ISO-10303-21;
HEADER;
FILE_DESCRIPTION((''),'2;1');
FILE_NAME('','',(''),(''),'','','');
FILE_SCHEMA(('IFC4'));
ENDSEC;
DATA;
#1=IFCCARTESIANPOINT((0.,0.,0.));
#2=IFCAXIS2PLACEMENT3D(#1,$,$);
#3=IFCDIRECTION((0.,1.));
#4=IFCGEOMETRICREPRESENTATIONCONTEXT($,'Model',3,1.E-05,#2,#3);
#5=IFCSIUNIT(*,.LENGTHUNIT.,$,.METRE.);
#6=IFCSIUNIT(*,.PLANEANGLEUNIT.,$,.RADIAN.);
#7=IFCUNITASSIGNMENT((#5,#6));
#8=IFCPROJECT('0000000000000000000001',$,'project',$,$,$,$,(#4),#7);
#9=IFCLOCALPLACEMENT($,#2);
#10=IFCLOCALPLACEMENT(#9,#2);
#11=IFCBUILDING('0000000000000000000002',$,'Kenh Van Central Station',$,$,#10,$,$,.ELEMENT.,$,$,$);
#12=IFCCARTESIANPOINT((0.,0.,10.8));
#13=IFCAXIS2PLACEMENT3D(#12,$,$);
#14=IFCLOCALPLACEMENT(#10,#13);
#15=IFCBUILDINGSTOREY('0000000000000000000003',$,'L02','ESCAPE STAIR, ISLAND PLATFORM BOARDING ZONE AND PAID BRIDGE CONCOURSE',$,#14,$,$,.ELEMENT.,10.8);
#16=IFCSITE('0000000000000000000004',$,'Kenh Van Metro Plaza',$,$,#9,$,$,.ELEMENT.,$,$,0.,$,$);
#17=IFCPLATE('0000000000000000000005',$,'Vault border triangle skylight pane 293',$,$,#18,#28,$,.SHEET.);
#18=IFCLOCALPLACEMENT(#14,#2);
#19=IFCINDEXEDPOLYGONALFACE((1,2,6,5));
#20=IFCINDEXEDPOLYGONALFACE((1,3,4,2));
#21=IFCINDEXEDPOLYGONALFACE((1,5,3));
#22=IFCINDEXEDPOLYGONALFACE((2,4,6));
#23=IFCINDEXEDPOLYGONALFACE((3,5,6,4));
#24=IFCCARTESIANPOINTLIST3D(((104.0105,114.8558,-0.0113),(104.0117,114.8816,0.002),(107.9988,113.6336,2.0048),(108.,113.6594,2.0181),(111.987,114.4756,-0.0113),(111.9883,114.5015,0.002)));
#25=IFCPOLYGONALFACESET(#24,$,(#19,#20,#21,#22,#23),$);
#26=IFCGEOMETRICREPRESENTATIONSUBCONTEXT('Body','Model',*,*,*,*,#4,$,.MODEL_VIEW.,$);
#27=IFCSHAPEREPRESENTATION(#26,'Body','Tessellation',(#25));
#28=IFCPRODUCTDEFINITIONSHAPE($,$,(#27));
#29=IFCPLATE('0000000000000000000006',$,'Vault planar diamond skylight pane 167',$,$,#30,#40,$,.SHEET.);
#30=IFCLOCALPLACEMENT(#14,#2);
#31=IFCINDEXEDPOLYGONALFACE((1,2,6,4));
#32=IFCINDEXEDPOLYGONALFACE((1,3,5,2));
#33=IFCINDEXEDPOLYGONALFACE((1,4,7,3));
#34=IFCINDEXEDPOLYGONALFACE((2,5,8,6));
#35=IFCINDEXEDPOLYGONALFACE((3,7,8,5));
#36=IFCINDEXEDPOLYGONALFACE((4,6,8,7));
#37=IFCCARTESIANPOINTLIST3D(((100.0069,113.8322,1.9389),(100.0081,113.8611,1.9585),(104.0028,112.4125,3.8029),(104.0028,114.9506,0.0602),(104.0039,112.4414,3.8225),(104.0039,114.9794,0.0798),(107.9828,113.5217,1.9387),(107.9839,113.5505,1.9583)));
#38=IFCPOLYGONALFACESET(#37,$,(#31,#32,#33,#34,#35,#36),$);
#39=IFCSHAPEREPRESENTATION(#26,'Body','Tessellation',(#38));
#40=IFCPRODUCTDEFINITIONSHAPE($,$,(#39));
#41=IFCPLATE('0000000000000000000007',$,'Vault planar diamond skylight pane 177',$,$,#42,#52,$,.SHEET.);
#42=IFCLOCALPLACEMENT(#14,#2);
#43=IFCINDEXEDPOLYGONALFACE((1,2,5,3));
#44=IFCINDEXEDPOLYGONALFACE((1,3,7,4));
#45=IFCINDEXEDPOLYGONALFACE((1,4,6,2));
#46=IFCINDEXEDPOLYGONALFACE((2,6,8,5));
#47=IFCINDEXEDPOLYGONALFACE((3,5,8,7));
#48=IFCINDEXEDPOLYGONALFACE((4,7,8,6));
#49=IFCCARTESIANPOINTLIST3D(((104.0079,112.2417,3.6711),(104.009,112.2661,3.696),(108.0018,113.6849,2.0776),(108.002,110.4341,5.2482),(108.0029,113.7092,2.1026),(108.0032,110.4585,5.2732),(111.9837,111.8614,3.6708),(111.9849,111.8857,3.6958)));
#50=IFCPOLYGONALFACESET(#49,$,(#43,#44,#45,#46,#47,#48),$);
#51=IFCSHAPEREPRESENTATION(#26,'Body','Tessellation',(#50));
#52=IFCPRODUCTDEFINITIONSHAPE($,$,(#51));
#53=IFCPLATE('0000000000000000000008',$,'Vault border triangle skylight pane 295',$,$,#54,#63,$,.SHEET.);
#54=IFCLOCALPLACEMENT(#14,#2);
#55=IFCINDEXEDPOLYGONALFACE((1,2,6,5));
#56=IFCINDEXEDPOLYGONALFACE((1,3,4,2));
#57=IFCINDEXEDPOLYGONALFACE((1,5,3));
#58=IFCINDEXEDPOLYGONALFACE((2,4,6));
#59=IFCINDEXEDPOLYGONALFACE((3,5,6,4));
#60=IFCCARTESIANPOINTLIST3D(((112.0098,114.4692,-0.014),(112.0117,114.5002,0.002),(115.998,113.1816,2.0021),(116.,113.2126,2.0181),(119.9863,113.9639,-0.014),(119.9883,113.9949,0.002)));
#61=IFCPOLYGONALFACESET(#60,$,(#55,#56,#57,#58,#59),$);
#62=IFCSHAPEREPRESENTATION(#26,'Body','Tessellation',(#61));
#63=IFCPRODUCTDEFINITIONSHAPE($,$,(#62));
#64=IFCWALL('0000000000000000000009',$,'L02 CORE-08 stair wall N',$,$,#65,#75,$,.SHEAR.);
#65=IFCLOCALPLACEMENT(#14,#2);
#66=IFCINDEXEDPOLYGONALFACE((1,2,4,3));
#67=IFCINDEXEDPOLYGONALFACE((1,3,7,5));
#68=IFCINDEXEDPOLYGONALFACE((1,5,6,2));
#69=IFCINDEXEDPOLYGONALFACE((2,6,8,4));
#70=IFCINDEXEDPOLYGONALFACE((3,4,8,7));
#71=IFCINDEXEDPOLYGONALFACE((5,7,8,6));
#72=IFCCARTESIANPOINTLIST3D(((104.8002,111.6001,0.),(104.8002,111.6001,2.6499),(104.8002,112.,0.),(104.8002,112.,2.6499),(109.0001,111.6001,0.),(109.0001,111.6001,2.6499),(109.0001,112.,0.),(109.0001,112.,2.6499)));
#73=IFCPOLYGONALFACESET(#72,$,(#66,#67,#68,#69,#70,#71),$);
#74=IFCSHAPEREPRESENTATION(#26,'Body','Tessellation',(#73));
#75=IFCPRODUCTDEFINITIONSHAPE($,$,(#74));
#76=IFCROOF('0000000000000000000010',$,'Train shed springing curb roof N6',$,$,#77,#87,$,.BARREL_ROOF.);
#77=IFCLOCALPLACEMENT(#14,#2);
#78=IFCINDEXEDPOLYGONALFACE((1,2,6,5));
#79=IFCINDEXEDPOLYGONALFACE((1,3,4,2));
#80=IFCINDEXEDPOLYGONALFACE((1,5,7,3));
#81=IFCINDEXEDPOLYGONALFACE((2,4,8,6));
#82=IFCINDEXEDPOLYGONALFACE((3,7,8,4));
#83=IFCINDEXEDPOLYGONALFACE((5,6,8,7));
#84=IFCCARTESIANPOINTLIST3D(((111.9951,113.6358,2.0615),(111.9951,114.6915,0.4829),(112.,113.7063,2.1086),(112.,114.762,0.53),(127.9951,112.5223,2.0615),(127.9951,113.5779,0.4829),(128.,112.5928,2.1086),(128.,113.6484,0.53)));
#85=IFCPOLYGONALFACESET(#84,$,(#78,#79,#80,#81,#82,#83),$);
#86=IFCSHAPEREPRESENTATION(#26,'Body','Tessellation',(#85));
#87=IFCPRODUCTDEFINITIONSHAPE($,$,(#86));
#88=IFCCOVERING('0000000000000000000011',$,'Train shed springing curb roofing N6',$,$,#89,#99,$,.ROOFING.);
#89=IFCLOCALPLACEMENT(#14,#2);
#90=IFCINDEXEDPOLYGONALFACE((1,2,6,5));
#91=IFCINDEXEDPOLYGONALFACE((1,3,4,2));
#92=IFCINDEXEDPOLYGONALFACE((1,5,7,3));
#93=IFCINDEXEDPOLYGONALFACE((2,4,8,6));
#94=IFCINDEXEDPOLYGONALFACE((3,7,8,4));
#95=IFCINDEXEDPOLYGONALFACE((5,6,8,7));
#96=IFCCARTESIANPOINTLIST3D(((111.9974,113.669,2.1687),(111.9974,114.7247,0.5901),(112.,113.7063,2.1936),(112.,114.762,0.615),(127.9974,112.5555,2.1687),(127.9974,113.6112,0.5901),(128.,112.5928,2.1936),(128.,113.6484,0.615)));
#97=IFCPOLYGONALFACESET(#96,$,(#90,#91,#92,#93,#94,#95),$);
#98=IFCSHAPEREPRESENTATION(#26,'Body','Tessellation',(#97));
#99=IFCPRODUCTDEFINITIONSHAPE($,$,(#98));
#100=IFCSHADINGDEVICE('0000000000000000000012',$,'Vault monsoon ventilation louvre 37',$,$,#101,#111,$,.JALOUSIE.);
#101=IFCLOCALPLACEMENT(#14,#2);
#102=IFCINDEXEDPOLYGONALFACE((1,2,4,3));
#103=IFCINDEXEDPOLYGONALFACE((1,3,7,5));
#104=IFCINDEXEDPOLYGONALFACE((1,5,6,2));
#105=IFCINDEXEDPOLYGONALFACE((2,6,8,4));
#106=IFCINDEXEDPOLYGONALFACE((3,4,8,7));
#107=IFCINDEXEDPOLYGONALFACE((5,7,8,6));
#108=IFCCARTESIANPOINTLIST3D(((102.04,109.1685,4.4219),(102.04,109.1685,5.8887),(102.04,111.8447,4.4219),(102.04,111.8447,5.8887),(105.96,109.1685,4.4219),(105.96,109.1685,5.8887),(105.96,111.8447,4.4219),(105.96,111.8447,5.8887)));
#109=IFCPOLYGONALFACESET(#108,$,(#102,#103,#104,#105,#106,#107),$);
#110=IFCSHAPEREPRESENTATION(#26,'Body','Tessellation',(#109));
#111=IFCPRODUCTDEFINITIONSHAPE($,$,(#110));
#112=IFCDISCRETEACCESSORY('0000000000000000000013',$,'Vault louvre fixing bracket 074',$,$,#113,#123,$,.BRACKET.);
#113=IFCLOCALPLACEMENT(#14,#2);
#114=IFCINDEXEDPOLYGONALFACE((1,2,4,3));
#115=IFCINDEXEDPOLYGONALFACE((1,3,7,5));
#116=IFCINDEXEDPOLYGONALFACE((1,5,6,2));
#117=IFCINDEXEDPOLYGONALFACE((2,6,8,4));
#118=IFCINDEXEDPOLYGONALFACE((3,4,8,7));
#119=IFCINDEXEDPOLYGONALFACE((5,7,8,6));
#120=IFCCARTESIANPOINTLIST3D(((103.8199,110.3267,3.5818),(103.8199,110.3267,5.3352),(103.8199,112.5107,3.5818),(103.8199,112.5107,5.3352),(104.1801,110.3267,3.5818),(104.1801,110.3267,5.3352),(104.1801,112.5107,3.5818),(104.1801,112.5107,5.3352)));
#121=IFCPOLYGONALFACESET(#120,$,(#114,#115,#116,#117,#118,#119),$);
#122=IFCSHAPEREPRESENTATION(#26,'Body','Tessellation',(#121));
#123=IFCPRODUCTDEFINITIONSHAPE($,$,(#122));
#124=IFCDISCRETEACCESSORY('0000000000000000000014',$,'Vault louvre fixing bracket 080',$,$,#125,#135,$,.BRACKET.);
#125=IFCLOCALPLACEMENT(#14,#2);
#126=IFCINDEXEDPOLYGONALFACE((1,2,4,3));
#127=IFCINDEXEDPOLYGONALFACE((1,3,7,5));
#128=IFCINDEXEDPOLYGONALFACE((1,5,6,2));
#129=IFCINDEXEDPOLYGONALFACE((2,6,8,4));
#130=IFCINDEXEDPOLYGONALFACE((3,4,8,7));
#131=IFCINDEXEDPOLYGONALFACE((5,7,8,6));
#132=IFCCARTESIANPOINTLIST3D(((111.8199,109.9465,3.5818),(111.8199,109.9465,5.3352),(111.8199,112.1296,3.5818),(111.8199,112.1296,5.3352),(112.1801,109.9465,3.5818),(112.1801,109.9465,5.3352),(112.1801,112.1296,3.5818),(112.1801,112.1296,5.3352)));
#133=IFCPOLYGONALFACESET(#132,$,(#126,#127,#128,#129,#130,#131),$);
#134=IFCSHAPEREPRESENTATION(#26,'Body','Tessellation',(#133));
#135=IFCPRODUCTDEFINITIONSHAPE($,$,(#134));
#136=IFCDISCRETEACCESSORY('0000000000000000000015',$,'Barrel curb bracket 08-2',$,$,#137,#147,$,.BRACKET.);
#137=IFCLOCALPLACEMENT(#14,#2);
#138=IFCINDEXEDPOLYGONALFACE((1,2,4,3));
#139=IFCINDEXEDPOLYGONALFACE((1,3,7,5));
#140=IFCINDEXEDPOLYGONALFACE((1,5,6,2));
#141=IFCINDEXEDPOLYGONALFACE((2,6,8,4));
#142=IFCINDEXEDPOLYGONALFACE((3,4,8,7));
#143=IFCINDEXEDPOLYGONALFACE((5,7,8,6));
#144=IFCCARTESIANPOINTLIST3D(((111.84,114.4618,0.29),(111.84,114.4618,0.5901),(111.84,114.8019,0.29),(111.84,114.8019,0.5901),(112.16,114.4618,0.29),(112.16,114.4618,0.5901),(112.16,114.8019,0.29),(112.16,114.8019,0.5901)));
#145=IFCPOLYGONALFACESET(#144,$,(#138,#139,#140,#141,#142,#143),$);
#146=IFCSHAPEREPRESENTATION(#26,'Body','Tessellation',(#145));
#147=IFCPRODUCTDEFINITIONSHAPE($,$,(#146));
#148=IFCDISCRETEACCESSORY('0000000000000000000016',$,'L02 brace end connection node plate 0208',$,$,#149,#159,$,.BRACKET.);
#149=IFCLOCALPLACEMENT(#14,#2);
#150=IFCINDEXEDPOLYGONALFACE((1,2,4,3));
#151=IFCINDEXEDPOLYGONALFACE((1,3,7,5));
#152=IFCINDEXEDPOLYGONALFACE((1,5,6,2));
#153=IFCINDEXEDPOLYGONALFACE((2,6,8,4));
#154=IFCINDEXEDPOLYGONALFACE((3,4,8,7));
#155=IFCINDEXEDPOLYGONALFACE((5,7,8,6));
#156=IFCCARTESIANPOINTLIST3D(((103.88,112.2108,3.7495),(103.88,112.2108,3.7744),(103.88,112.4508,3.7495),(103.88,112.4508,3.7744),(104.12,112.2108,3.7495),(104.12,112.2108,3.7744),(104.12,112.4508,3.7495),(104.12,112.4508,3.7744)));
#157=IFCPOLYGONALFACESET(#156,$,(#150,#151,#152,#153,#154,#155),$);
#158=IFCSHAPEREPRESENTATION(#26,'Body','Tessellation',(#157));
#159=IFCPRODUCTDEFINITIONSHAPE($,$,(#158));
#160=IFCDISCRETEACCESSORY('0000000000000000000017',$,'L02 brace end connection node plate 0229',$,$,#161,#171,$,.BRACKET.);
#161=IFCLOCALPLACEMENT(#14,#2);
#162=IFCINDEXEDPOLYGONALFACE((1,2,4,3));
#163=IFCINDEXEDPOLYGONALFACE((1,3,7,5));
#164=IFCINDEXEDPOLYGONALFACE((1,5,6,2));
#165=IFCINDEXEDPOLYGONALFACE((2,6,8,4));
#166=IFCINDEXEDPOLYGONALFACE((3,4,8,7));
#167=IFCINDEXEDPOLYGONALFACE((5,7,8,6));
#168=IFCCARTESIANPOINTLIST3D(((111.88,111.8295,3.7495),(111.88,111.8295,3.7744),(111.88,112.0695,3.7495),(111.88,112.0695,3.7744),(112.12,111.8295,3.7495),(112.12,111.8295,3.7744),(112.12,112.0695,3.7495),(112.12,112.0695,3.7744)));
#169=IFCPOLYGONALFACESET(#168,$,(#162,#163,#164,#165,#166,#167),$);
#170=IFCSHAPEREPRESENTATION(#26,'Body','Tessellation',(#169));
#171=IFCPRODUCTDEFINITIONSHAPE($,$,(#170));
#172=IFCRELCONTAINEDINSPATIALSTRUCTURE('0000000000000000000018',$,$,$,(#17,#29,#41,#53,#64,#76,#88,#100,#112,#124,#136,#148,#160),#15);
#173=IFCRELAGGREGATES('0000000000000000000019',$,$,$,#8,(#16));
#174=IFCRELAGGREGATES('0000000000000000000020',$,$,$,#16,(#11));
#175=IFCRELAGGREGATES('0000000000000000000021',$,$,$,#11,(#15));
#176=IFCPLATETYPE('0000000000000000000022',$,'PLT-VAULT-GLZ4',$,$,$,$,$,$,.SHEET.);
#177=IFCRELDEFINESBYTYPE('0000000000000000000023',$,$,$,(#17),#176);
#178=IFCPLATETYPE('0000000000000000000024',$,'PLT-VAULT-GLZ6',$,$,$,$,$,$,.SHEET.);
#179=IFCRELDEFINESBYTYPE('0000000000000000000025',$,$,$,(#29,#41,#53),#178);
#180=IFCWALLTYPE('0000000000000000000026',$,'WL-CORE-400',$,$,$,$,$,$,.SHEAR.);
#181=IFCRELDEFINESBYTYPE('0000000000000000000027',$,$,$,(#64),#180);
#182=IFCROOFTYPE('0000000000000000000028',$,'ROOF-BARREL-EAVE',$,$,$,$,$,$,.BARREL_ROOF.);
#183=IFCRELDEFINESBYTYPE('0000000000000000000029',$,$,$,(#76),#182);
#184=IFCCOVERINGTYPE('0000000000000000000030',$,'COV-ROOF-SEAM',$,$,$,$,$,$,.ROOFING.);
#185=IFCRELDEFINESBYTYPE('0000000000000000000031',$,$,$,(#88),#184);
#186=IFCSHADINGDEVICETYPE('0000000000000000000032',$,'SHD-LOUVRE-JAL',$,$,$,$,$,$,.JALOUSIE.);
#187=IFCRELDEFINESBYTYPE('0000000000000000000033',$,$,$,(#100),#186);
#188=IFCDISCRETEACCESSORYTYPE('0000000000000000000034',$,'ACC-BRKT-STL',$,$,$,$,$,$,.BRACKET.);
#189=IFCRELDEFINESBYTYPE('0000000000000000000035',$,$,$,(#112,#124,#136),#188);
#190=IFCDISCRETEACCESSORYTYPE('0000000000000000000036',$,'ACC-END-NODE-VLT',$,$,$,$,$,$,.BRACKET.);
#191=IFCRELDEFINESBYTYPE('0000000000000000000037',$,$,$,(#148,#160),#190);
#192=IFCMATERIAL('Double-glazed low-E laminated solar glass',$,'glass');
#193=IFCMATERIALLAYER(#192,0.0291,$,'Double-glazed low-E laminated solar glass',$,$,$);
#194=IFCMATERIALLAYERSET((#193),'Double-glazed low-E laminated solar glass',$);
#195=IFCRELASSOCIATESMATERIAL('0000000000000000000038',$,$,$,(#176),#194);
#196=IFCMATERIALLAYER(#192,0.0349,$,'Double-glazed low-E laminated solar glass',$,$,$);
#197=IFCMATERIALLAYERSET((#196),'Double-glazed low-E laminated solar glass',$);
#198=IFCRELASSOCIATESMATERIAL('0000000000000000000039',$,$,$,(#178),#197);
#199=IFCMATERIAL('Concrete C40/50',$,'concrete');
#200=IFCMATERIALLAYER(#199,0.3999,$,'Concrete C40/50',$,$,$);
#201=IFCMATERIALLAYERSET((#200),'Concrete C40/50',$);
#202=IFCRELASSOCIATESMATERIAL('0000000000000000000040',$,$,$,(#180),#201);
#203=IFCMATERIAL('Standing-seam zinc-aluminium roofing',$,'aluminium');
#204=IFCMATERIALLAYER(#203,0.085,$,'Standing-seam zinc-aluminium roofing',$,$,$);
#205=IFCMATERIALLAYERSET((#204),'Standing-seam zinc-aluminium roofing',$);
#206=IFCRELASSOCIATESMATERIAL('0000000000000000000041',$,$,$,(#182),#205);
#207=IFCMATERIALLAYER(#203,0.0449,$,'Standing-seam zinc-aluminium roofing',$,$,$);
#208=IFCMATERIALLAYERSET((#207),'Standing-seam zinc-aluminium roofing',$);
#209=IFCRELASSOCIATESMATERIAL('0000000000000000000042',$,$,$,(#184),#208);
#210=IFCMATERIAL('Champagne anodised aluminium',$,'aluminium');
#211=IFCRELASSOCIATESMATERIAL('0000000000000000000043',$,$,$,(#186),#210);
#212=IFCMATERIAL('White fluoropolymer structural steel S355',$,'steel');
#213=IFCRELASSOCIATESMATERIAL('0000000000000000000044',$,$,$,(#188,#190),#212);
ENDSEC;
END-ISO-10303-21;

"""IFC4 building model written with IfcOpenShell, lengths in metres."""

from ifc_helpers import new_model, si_unit, direction, frame, frame_2d, origin, origin_2d, place, context, subcontext, project, spatial, polyline, rectangle, outline, extrude, material, layer, layer_set, type_object, element, save


model = new_model("IFC4")

# Units and contexts
model_context = context("Model", 3, precision=1e-05, world=origin(), true_north=direction((0.0, 1.0)))
body_context = subcontext(model_context, "Body", "Model", "MODEL_VIEW")
ifc_project = project(units=[si_unit("LENGTHUNIT", "METRE"), si_unit("PLANEANGLEUNIT", "RADIAN")], contexts=[model_context])

# Site, building, storey
site_placement = place(None, origin())
site = spatial("IfcSite", under=ifc_project, at=site_placement, Name="Kenh Van Metro Plaza", CompositionType="ELEMENT", RefElevation=0.0)
building_placement = place(site_placement, origin())
building = spatial("IfcBuilding", under=site, at=building_placement, Name="Kenh Van Central Station", CompositionType="ELEMENT")
storey_placement = place(building_placement, frame((0.0, 0.0, 10.8)))
storey = spatial("IfcBuildingStorey", under=building, at=storey_placement, Name="L02", Description="ESCAPE STAIR, ISLAND PLATFORM BOARDING ZONE AND PAID BRIDGE CONCOURSE", CompositionType="ELEMENT", Elevation=10.8)

# Shared definitions
ifc_material_1 = material(Name="White fluoropolymer structural steel S355", Category="steel")

# Plates
ifc_material_2 = material(Name="Double-glazed low-E laminated solar glass", Category="glass")
ifc_layer_1 = layer(ifc_material_2, 0.0291, Name="Double-glazed low-E laminated solar glass")
ifc_layer_set_1 = layer_set([ifc_layer_1], Name="Double-glazed low-E laminated solar glass")
plate_type_1 = type_object("IfcPlateType", Name="PLT-VAULT-GLZ4", PredefinedType="SHEET", material=ifc_layer_set_1)
plate_1_placement = place(storey_placement, frame((104.0117, 114.8816, 0.002), z_axis=(0.042382, 0.88934, 0.455278), x_axis=(0.86084, -0.263796, 0.435163)))
element("IfcPlate", 1, at=plate_1_placement, inside=storey, type_object=plate_type_1, Name="Vault border triangle skylight pane 293", PredefinedType="SHEET", context=body_context, shape_type="SweptSolid", body=[
    extrude(outline(polyline([(0.0, 0.0), (4.633, 0.0), (6.9668, 3.903), (0.0, 0.0)])), origin(), (0.0, 0.0, -1.0), 0.0291),
])
ifc_layer_2 = layer(ifc_material_2, 0.0349, Name="Double-glazed low-E laminated solar glass")
ifc_layer_set_2 = layer_set([ifc_layer_2], Name="Double-glazed low-E laminated solar glass")
plate_type_2 = type_object("IfcPlateType", Name="PLT-VAULT-GLZ6", PredefinedType="SHEET", material=ifc_layer_set_2)
plate_2_placement = place(storey_placement, frame((100.0081, 113.8611, 1.9585), z_axis=(0.032225, 0.827209, 0.56097), x_axis=(0.862633, -0.306493, 0.402401)))
element("IfcPlate", 2, at=plate_2_placement, inside=storey, type_object=plate_type_2, Name="Vault planar diamond skylight pane 167", PredefinedType="SHEET", context=body_context, shape_type="SweptSolid", body=[
    extrude(outline(polyline([(0.0, 0.0), (4.6322, 0.0), (6.9753, 3.8801), (2.3482, 3.903), (0.0, 0.0)])), origin(), (0.0, 0.0, -1.0), 0.0349),
])
plate_3_placement = place(storey_placement, frame((104.009, 112.2661, 3.696), z_axis=(0.033303, 0.697848, 0.715471), x_axis=(0.857261, -0.387965, 0.338506)))
element("IfcPlate", 3, at=plate_3_placement, inside=storey, type_object=plate_type_2, Name="Vault planar diamond skylight pane 177", PredefinedType="SHEET", context=body_context, shape_type="SweptSolid", body=[
    extrude(outline(polyline([(0.0, 0.0), (4.6592, 0.0), (6.9849, 3.8691), (2.3245, 3.8948), (0.0, 0.0)])), origin(), (0.0, 0.0, -1.0), 0.0349),
])
plate_4_placement = place(storey_placement, frame((112.0117, 114.5002, 0.002), z_axis=(0.056275, 0.888227, 0.455945), x_axis=(0.857566, -0.276861, 0.433508)))
element("IfcPlate", 4, at=plate_4_placement, inside=storey, type_object=plate_type_2, Name="Vault border triangle skylight pane 295", PredefinedType="SHEET", context=body_context, shape_type="SweptSolid", body=[
    extrude(outline(polyline([(0.0, 0.0), (4.6507, 0.0), (6.9803, 3.893), (0.0, 0.0)])), origin(), (0.0, 0.0, -1.0), 0.0349),
])

# Wall
ifc_material_3 = material(Name="Concrete C40/50", Category="concrete")
ifc_layer_3 = layer(ifc_material_3, 0.3999, Name="Concrete C40/50")
ifc_layer_set_3 = layer_set([ifc_layer_3], Name="Concrete C40/50")
wall_type = type_object("IfcWallType", Name="WL-CORE-400", PredefinedType="SHEAR", material=ifc_layer_set_3)
wall_placement = place(storey_placement, frame((104.8, 111.8, 0.0), z_axis=(0.0, 0.0, 1.0), x_axis=(1.0, 0.0, 0.0)))
element("IfcWall", 5, at=wall_placement, inside=storey, type_object=wall_type, Name="L02 CORE-08 stair wall N", PredefinedType="SHEAR", context=body_context, shape_type="SweptSolid", body=[
    extrude(rectangle(XDim=4.2, YDim=0.3999, at=frame_2d((2.1001, 0.0))), origin(), (0.0, 0.0, 1.0), 2.6499),
])

# Roof
ifc_material_4 = material(Name="Standing-seam zinc-aluminium roofing", Category="aluminium")
ifc_layer_4 = layer(ifc_material_4, 0.085, Name="Standing-seam zinc-aluminium roofing")
ifc_layer_set_4 = layer_set([ifc_layer_4], Name="Standing-seam zinc-aluminium roofing")
roof_type = type_object("IfcRoofType", Name="ROOF-BARREL-EAVE", PredefinedType="BARREL_ROOF", material=ifc_layer_set_4)
roof_placement = place(storey_placement, frame((112.0, 113.7063, 2.1086), z_axis=(0.057755, 0.829871, 0.554958), x_axis=(0.997587, -0.069427, 0.0)))
element("IfcRoof", 6, at=roof_placement, inside=storey, type_object=roof_type, Name="Train shed springing curb roof N6", PredefinedType="BARREL_ROOF", context=body_context, shape_type="SweptSolid", body=[
    extrude(outline(polyline([(0.0, 0.0), (16.0387, 0.0), (15.9654, 1.8976), (-0.0733, 1.8976), (0.0, 0.0)])), origin(), (0.0, 0.0, -1.0), 0.085),
])

# Covering
ifc_layer_5 = layer(ifc_material_4, 0.0449, Name="Standing-seam zinc-aluminium roofing")
ifc_layer_set_5 = layer_set([ifc_layer_5], Name="Standing-seam zinc-aluminium roofing")
covering_type = type_object("IfcCoveringType", Name="COV-ROOF-SEAM", PredefinedType="ROOFING", material=ifc_layer_set_5)
covering_placement = place(storey_placement, frame((112.0, 113.7063, 2.1936), z_axis=(0.057755, 0.829871, 0.554958), x_axis=(0.997587, -0.069427, 0.0)))
element("IfcCovering", 7, at=covering_placement, inside=storey, type_object=covering_type, Name="Train shed springing curb roofing N6", PredefinedType="ROOFING", context=body_context, shape_type="SweptSolid", body=[
    extrude(outline(polyline([(0.0, 0.0), (16.0387, 0.0), (15.9654, 1.8976), (-0.0733, 1.8976), (0.0, 0.0)])), origin(), (0.0, 0.0, -1.0), 0.0449),
])

# Shared definitions
ifc_material_5 = material(Name="Champagne anodised aluminium", Category="aluminium")

# Shading device
shading_device_type = type_object("IfcShadingDeviceType", Name="SHD-LOUVRE-JAL", PredefinedType="JALOUSIE", material=ifc_material_5)
shading_device_placement = place(storey_placement, frame((104.0, 110.5066, 4.4219), z_axis=(0.0, 0.0, 1.0), x_axis=(1.0, 0.0, 0.0)))
element("IfcShadingDevice", 8, at=shading_device_placement, inside=storey, type_object=shading_device_type, Name="Vault monsoon ventilation louvre 37", PredefinedType="JALOUSIE", context=body_context, shape_type="SweptSolid", body=[
    extrude(rectangle(XDim=3.9199, YDim=2.6763, at=origin_2d()), origin(), (0.0, 0.0, 1.0), 1.4668),
])

# Discrete accessories
discrete_accessory_type_1 = type_object("IfcDiscreteAccessoryType", Name="ACC-BRKT-STL", PredefinedType="BRACKET", material=ifc_material_1)
discrete_accessory_1_placement = place(storey_placement, frame((104.0, 111.4187, 3.5818), z_axis=(0.0, 0.0, 1.0), x_axis=(1.0, 0.0, 0.0)))
element("IfcDiscreteAccessory", 9, at=discrete_accessory_1_placement, inside=storey, type_object=discrete_accessory_type_1, Name="Vault louvre fixing bracket 074", PredefinedType="BRACKET", context=body_context, shape_type="SweptSolid", body=[
    extrude(rectangle(XDim=0.3601, YDim=2.1841, at=origin_2d()), origin(), (0.0, 0.0, 1.0), 1.7534),
])
discrete_accessory_2_placement = place(storey_placement, frame((112.0, 111.0381, 3.5818), z_axis=(0.0, 0.0, 1.0), x_axis=(1.0, 0.0, 0.0)))
element("IfcDiscreteAccessory", 10, at=discrete_accessory_2_placement, inside=storey, type_object=discrete_accessory_type_1, Name="Vault louvre fixing bracket 080", PredefinedType="BRACKET", context=body_context, shape_type="SweptSolid", body=[
    extrude(rectangle(XDim=0.3601, YDim=2.1831, at=origin_2d()), origin(), (0.0, 0.0, 1.0), 1.7534),
])
discrete_accessory_3_placement = place(storey_placement, frame((112.0, 114.6318, 0.29), z_axis=(0.0, 0.0, 1.0), x_axis=(1.0, 0.0, 0.0)))
element("IfcDiscreteAccessory", 11, at=discrete_accessory_3_placement, inside=storey, type_object=discrete_accessory_type_1, Name="Barrel curb bracket 08-2", PredefinedType="BRACKET", context=body_context, shape_type="SweptSolid", body=[
    extrude(rectangle(XDim=0.3201, YDim=0.3401, at=origin_2d()), origin(), (0.0, 0.0, 1.0), 0.3),
])
discrete_accessory_type_2 = type_object("IfcDiscreteAccessoryType", Name="ACC-END-NODE-VLT", PredefinedType="BRACKET", material=ifc_material_1)
for number, where, z_axis, x_axis, name in (
    (12, (104.0, 112.3308, 3.7495), (0.0, 0.0, 1.0), (1.0, 0.0, 0.0), "L02 brace end connection node plate 0208"),
    (13, (112.0, 111.9495, 3.7495), (0.0, 0.0, 1.0), (1.0, 0.0, 0.0), "L02 brace end connection node plate 0229"),
):
    element("IfcDiscreteAccessory", number, at=place(storey_placement, frame(where, z_axis=z_axis, x_axis=x_axis)), inside=storey, type_object=discrete_accessory_type_2, Name=name, PredefinedType="BRACKET", context=body_context, shape_type="SweptSolid", body=[
        extrude(rectangle(XDim=0.24, YDim=0.24, at=origin_2d()), origin(), (0.0, 0.0, 1.0), 0.0249),
    ])

save(model, "model.ifc")
